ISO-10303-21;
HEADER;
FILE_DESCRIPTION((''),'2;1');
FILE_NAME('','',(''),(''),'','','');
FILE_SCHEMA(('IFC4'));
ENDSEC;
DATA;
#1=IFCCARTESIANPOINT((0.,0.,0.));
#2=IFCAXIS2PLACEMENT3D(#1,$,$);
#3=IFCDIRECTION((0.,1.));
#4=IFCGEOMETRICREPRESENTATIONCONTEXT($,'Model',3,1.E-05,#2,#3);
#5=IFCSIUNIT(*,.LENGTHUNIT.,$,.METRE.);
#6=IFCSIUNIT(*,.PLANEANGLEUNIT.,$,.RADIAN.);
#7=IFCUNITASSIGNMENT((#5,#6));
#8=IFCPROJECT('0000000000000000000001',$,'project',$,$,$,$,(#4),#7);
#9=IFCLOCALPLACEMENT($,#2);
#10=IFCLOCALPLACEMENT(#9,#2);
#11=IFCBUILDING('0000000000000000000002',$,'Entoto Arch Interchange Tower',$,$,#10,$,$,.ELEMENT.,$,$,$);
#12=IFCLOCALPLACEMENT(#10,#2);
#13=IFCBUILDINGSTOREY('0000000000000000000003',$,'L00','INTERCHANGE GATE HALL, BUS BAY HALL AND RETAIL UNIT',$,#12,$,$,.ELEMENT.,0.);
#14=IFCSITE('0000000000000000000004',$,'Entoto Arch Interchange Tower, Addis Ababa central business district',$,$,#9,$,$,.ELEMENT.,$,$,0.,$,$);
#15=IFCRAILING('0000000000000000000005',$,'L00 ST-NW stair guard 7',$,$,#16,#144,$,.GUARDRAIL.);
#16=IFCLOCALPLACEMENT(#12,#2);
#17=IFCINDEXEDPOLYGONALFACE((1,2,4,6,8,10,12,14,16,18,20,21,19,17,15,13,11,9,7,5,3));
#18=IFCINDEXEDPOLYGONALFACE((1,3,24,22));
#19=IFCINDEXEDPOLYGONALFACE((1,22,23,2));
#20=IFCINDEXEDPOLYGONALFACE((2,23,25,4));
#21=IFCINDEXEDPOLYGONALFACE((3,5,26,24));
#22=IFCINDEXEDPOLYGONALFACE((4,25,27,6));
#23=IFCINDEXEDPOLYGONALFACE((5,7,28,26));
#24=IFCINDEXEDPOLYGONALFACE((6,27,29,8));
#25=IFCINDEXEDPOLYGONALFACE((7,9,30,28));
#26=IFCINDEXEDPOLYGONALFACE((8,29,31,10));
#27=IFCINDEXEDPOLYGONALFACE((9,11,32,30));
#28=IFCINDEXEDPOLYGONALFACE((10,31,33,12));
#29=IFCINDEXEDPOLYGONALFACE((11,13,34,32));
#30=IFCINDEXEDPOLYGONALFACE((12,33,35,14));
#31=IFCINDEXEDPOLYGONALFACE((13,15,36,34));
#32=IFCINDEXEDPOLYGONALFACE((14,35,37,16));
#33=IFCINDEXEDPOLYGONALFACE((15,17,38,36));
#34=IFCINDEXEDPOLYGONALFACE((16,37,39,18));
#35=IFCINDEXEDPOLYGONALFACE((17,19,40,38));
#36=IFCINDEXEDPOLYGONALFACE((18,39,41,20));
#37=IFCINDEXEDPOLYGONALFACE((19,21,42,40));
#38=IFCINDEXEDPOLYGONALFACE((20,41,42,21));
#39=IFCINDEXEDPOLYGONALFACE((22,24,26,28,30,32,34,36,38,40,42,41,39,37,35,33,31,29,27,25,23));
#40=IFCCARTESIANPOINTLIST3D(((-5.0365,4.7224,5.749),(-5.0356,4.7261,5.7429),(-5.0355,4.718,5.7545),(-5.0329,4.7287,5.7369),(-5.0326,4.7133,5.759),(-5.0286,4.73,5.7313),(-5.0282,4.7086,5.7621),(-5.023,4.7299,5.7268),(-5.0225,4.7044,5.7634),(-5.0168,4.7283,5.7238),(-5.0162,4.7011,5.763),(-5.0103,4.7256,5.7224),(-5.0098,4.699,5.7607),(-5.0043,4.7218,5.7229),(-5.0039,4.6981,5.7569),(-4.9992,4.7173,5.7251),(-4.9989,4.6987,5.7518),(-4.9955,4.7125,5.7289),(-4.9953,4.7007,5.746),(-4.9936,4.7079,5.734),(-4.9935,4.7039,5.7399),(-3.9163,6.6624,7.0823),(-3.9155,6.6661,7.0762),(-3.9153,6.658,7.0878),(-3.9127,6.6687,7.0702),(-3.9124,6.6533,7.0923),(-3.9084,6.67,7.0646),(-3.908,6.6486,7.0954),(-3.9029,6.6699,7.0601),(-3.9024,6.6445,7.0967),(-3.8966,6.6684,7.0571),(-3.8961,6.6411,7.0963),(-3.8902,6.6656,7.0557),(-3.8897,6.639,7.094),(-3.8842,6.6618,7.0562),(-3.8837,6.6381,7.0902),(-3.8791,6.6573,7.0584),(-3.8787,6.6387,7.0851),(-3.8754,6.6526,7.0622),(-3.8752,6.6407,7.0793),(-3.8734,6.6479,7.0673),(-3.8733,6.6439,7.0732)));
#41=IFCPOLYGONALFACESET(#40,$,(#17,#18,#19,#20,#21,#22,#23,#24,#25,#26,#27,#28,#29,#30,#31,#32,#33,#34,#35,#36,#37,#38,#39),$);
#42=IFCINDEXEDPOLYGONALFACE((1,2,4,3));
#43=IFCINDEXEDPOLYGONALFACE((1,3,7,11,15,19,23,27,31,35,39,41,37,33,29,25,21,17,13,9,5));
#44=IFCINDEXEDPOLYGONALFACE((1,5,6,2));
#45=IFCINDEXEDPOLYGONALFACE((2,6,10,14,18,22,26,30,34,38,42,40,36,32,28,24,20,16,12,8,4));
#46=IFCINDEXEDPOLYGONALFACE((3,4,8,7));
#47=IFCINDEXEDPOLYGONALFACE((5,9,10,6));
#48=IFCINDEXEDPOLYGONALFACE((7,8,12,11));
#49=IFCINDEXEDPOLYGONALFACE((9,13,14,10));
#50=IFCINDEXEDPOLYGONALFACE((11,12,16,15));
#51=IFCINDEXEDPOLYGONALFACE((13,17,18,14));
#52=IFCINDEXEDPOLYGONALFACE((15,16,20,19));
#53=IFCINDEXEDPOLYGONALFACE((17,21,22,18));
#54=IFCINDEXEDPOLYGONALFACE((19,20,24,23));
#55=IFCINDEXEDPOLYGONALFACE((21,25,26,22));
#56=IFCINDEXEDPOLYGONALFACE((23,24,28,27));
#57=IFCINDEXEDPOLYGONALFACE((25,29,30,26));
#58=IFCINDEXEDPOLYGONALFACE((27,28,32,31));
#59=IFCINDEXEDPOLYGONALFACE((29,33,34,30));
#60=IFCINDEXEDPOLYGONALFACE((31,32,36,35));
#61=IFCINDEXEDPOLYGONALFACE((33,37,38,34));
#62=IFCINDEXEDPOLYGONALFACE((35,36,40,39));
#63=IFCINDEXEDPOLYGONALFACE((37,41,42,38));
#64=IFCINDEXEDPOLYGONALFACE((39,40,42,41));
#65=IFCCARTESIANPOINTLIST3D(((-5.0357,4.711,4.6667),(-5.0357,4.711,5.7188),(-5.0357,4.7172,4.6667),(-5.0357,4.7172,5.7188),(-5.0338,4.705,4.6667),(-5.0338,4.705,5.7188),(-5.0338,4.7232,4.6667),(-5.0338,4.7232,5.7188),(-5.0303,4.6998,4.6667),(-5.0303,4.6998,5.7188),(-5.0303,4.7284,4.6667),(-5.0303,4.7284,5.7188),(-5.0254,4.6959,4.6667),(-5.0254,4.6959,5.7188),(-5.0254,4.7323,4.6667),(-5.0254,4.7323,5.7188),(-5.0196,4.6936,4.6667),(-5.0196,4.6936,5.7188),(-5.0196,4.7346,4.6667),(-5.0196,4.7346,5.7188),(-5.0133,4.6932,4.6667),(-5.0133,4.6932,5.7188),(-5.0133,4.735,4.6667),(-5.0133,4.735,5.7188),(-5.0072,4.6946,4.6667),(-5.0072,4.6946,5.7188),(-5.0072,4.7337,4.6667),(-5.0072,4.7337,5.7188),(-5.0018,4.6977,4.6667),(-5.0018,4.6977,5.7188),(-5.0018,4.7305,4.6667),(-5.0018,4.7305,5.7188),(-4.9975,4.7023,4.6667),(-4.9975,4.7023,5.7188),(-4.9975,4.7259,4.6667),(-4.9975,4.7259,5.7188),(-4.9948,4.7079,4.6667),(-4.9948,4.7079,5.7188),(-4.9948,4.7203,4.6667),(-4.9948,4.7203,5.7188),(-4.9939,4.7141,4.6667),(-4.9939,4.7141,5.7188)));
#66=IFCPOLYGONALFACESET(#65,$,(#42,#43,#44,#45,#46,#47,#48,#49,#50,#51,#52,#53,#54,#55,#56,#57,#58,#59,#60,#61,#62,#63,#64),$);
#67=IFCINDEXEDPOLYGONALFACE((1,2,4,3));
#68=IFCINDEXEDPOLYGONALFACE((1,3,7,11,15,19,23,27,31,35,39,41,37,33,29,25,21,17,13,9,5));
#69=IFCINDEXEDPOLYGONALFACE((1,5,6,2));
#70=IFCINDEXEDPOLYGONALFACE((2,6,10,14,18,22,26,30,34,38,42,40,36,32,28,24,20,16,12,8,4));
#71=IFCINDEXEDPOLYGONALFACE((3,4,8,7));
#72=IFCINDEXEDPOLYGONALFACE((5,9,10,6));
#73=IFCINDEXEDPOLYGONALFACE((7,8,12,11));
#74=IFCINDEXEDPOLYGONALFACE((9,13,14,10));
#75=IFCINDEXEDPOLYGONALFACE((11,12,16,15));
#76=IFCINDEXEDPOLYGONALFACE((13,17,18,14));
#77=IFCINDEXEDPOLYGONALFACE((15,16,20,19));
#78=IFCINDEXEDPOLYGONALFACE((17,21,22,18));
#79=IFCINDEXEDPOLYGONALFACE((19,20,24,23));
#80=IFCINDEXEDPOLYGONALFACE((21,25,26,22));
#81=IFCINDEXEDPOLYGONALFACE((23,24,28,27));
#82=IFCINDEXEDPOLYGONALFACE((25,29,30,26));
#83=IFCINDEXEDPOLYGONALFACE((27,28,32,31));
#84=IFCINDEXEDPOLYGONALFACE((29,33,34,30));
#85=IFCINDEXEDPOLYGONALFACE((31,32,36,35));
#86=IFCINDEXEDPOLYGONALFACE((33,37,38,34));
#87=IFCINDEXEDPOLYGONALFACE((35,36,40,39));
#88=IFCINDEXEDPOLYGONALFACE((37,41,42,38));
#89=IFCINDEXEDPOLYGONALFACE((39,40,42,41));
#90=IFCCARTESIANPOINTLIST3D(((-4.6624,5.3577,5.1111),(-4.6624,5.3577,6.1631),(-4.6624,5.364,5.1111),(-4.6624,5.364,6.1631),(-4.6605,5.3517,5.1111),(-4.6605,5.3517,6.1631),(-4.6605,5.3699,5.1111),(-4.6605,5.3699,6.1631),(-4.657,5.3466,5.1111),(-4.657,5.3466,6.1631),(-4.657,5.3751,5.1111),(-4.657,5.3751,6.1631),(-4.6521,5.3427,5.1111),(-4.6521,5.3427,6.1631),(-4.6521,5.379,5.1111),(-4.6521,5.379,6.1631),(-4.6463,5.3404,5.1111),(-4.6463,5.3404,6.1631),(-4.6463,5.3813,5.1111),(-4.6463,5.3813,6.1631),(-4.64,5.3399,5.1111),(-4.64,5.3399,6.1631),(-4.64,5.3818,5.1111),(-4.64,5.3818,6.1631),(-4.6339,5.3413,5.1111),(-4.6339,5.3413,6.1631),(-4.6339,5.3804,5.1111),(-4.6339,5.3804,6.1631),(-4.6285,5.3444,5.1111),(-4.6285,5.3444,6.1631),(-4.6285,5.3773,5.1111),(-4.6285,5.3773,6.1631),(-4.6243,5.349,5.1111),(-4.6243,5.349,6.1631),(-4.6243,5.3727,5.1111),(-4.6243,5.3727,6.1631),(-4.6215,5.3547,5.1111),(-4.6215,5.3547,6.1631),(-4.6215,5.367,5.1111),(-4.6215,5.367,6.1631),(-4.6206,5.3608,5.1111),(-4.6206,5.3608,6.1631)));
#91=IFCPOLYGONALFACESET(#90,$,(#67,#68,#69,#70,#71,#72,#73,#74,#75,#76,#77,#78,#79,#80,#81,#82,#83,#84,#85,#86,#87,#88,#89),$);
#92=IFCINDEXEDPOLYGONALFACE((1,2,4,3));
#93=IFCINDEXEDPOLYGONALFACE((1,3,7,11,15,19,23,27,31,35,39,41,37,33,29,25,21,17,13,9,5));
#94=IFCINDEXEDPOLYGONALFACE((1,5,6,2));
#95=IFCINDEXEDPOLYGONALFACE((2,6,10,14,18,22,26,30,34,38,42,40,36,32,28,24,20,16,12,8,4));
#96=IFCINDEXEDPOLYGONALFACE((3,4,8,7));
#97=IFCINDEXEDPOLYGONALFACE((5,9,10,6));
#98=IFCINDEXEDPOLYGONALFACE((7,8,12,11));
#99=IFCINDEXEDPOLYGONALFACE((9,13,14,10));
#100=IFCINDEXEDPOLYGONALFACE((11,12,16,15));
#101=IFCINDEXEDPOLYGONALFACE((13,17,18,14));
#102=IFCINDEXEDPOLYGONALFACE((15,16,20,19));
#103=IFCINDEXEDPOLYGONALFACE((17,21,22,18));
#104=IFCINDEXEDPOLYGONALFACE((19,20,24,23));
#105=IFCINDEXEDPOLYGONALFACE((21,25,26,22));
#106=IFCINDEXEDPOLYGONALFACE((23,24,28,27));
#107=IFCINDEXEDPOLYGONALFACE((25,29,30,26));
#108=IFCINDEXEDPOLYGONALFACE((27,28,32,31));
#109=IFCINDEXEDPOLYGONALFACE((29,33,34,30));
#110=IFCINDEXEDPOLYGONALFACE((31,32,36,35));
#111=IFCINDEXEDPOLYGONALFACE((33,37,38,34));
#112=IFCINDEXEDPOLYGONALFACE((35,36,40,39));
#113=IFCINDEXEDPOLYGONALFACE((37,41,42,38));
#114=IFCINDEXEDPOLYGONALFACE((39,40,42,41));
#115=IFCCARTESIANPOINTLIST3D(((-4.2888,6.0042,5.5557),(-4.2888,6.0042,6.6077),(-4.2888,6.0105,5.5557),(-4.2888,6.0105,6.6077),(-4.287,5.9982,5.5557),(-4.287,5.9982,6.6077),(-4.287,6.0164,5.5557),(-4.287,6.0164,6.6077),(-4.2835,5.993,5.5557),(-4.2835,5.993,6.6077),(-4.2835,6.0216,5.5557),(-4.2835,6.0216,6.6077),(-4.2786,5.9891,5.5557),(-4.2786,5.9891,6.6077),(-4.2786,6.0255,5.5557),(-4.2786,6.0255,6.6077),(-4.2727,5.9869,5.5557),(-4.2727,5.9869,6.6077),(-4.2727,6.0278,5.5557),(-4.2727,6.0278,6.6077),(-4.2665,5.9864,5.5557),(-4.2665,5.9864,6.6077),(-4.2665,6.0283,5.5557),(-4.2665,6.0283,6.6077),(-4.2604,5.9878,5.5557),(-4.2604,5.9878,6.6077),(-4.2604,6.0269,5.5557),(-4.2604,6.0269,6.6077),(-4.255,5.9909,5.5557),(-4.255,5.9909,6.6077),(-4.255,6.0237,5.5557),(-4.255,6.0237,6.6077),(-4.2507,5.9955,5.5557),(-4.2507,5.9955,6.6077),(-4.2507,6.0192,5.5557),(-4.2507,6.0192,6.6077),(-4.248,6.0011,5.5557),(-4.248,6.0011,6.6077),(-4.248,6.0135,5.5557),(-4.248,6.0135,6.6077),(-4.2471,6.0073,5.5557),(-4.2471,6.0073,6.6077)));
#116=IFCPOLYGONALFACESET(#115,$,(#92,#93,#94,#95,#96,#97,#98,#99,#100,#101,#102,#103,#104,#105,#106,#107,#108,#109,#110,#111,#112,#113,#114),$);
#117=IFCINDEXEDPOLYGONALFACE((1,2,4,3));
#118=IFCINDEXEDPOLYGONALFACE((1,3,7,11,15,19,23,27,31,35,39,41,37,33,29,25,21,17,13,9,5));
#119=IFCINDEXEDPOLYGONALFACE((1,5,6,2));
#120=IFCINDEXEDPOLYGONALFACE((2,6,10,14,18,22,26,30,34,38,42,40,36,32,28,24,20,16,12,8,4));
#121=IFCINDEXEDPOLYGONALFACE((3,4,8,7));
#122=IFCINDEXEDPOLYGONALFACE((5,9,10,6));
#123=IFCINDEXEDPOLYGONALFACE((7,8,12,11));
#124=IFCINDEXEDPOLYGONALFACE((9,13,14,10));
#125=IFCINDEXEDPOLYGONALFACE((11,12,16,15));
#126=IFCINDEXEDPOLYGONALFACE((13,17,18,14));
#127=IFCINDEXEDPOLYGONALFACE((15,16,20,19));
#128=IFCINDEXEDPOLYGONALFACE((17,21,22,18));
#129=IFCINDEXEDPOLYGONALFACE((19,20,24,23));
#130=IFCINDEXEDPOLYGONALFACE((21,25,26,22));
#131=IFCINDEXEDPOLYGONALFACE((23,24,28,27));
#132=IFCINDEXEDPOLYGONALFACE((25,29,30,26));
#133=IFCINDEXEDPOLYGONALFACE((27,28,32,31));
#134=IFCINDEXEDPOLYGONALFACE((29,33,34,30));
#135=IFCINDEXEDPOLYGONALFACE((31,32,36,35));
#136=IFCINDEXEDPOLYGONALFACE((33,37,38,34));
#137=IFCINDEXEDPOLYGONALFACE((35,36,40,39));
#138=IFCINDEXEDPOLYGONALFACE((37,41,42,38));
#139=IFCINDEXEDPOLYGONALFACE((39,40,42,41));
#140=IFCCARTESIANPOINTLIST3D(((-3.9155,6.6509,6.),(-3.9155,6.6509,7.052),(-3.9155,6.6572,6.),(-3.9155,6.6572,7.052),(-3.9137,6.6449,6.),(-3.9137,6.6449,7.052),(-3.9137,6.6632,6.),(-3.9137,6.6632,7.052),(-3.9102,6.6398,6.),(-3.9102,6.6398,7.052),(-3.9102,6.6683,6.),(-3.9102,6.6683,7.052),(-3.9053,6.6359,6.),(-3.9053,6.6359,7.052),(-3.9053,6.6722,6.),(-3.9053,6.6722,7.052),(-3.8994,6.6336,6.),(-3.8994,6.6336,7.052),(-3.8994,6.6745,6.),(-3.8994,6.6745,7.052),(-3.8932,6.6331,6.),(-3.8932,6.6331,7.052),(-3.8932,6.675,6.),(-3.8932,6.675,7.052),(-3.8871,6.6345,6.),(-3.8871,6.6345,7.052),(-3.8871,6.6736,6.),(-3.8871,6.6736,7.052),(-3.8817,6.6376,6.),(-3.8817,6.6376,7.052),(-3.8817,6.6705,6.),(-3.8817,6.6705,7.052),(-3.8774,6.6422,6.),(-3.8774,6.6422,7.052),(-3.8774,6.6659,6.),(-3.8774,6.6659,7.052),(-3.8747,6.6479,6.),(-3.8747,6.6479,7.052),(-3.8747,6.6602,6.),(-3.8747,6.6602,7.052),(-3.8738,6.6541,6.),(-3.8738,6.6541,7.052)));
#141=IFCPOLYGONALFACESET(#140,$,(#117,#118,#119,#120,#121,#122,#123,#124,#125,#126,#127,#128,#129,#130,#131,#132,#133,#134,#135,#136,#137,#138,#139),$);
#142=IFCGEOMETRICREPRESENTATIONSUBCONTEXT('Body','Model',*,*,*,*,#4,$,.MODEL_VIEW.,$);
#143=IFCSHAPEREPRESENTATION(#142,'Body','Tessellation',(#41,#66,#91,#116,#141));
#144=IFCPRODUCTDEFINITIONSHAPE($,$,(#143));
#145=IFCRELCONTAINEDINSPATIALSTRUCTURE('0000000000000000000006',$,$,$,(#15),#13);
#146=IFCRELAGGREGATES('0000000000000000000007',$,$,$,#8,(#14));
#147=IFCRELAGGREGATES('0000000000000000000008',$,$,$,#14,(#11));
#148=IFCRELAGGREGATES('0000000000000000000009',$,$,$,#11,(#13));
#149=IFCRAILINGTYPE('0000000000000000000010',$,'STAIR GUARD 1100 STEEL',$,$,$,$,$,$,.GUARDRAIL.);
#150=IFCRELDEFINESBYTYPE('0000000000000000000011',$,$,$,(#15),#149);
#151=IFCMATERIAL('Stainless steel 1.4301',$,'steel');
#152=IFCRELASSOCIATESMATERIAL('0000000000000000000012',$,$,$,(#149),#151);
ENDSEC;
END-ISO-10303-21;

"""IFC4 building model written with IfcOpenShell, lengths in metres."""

from ifc_helpers import new_model, si_unit, direction, frame, origin, origin_2d, place, context, subcontext, project, spatial, circle, extrude, material, type_object, element, save


model = new_model("IFC4")

# Units and contexts
model_context = context("Model", 3, precision=1e-05, world=origin(), true_north=direction((0.0, 1.0)))
body_context = subcontext(model_context, "Body", "Model", "MODEL_VIEW")
ifc_project = project(units=[si_unit("LENGTHUNIT", "METRE"), si_unit("PLANEANGLEUNIT", "RADIAN")], contexts=[model_context])

# Site, building, storey
site_placement = place(None, origin())
site = spatial("IfcSite", under=ifc_project, at=site_placement, Name="Entoto Arch Interchange Tower, Addis Ababa central business district", CompositionType="ELEMENT", RefElevation=0.0)
building_placement = place(site_placement, origin())
building = spatial("IfcBuilding", under=site, at=building_placement, Name="Entoto Arch Interchange Tower", CompositionType="ELEMENT")
storey_placement = place(building_placement, origin())
storey = spatial("IfcBuildingStorey", under=building, at=storey_placement, Name="L00", Description="INTERCHANGE GATE HALL, BUS BAY HALL AND RETAIL UNIT", CompositionType="ELEMENT", Elevation=0.0)

# Railing
ifc_material_1 = material(Name="Stainless steel 1.4301", Category="steel")
railing_type_1 = type_object("IfcRailingType", Name="STAIR GUARD 1100 STEEL", PredefinedType="GUARDRAIL", material=ifc_material_1)
railing_1_placement = place(storey_placement, frame((-5.0149, 4.7141, 4.6667)))
element("IfcRailing", 1, at=railing_1_placement, inside=storey, type_object=railing_type_1, Name="L00 ST-NW stair guard 7", PredefinedType="GUARDRAIL", context=body_context, shape_type="SweptSolid", body=[
    extrude(circle(Radius=0.0239, at=origin_2d()), frame((0.0, 0.0, 1.0762), z_axis=(0.429684, 0.744175, 0.511444), x_axis=(-0.866008, 0.500031, 0.0)), (0.0, 0.0, 1.0), 2.6069),
    extrude(circle(Radius=0.021, at=origin_2d()), origin(), (0.0, 0.0, 1.0), 1.052),
    extrude(circle(Radius=0.021, at=origin_2d()), frame((0.3733, 0.6467, 0.4443)), (0.0, 0.0, 1.0), 1.052),
    extrude(circle(Radius=0.021, at=origin_2d()), frame((0.7468, 1.2932, 0.8889)), (0.0, 0.0, 1.0), 1.052),
    extrude(circle(Radius=0.021, at=origin_2d()), frame((1.1201, 1.9399, 1.3333)), (0.0, 0.0, 1.0), 1.052),
])

save(model, "model.ifc")
